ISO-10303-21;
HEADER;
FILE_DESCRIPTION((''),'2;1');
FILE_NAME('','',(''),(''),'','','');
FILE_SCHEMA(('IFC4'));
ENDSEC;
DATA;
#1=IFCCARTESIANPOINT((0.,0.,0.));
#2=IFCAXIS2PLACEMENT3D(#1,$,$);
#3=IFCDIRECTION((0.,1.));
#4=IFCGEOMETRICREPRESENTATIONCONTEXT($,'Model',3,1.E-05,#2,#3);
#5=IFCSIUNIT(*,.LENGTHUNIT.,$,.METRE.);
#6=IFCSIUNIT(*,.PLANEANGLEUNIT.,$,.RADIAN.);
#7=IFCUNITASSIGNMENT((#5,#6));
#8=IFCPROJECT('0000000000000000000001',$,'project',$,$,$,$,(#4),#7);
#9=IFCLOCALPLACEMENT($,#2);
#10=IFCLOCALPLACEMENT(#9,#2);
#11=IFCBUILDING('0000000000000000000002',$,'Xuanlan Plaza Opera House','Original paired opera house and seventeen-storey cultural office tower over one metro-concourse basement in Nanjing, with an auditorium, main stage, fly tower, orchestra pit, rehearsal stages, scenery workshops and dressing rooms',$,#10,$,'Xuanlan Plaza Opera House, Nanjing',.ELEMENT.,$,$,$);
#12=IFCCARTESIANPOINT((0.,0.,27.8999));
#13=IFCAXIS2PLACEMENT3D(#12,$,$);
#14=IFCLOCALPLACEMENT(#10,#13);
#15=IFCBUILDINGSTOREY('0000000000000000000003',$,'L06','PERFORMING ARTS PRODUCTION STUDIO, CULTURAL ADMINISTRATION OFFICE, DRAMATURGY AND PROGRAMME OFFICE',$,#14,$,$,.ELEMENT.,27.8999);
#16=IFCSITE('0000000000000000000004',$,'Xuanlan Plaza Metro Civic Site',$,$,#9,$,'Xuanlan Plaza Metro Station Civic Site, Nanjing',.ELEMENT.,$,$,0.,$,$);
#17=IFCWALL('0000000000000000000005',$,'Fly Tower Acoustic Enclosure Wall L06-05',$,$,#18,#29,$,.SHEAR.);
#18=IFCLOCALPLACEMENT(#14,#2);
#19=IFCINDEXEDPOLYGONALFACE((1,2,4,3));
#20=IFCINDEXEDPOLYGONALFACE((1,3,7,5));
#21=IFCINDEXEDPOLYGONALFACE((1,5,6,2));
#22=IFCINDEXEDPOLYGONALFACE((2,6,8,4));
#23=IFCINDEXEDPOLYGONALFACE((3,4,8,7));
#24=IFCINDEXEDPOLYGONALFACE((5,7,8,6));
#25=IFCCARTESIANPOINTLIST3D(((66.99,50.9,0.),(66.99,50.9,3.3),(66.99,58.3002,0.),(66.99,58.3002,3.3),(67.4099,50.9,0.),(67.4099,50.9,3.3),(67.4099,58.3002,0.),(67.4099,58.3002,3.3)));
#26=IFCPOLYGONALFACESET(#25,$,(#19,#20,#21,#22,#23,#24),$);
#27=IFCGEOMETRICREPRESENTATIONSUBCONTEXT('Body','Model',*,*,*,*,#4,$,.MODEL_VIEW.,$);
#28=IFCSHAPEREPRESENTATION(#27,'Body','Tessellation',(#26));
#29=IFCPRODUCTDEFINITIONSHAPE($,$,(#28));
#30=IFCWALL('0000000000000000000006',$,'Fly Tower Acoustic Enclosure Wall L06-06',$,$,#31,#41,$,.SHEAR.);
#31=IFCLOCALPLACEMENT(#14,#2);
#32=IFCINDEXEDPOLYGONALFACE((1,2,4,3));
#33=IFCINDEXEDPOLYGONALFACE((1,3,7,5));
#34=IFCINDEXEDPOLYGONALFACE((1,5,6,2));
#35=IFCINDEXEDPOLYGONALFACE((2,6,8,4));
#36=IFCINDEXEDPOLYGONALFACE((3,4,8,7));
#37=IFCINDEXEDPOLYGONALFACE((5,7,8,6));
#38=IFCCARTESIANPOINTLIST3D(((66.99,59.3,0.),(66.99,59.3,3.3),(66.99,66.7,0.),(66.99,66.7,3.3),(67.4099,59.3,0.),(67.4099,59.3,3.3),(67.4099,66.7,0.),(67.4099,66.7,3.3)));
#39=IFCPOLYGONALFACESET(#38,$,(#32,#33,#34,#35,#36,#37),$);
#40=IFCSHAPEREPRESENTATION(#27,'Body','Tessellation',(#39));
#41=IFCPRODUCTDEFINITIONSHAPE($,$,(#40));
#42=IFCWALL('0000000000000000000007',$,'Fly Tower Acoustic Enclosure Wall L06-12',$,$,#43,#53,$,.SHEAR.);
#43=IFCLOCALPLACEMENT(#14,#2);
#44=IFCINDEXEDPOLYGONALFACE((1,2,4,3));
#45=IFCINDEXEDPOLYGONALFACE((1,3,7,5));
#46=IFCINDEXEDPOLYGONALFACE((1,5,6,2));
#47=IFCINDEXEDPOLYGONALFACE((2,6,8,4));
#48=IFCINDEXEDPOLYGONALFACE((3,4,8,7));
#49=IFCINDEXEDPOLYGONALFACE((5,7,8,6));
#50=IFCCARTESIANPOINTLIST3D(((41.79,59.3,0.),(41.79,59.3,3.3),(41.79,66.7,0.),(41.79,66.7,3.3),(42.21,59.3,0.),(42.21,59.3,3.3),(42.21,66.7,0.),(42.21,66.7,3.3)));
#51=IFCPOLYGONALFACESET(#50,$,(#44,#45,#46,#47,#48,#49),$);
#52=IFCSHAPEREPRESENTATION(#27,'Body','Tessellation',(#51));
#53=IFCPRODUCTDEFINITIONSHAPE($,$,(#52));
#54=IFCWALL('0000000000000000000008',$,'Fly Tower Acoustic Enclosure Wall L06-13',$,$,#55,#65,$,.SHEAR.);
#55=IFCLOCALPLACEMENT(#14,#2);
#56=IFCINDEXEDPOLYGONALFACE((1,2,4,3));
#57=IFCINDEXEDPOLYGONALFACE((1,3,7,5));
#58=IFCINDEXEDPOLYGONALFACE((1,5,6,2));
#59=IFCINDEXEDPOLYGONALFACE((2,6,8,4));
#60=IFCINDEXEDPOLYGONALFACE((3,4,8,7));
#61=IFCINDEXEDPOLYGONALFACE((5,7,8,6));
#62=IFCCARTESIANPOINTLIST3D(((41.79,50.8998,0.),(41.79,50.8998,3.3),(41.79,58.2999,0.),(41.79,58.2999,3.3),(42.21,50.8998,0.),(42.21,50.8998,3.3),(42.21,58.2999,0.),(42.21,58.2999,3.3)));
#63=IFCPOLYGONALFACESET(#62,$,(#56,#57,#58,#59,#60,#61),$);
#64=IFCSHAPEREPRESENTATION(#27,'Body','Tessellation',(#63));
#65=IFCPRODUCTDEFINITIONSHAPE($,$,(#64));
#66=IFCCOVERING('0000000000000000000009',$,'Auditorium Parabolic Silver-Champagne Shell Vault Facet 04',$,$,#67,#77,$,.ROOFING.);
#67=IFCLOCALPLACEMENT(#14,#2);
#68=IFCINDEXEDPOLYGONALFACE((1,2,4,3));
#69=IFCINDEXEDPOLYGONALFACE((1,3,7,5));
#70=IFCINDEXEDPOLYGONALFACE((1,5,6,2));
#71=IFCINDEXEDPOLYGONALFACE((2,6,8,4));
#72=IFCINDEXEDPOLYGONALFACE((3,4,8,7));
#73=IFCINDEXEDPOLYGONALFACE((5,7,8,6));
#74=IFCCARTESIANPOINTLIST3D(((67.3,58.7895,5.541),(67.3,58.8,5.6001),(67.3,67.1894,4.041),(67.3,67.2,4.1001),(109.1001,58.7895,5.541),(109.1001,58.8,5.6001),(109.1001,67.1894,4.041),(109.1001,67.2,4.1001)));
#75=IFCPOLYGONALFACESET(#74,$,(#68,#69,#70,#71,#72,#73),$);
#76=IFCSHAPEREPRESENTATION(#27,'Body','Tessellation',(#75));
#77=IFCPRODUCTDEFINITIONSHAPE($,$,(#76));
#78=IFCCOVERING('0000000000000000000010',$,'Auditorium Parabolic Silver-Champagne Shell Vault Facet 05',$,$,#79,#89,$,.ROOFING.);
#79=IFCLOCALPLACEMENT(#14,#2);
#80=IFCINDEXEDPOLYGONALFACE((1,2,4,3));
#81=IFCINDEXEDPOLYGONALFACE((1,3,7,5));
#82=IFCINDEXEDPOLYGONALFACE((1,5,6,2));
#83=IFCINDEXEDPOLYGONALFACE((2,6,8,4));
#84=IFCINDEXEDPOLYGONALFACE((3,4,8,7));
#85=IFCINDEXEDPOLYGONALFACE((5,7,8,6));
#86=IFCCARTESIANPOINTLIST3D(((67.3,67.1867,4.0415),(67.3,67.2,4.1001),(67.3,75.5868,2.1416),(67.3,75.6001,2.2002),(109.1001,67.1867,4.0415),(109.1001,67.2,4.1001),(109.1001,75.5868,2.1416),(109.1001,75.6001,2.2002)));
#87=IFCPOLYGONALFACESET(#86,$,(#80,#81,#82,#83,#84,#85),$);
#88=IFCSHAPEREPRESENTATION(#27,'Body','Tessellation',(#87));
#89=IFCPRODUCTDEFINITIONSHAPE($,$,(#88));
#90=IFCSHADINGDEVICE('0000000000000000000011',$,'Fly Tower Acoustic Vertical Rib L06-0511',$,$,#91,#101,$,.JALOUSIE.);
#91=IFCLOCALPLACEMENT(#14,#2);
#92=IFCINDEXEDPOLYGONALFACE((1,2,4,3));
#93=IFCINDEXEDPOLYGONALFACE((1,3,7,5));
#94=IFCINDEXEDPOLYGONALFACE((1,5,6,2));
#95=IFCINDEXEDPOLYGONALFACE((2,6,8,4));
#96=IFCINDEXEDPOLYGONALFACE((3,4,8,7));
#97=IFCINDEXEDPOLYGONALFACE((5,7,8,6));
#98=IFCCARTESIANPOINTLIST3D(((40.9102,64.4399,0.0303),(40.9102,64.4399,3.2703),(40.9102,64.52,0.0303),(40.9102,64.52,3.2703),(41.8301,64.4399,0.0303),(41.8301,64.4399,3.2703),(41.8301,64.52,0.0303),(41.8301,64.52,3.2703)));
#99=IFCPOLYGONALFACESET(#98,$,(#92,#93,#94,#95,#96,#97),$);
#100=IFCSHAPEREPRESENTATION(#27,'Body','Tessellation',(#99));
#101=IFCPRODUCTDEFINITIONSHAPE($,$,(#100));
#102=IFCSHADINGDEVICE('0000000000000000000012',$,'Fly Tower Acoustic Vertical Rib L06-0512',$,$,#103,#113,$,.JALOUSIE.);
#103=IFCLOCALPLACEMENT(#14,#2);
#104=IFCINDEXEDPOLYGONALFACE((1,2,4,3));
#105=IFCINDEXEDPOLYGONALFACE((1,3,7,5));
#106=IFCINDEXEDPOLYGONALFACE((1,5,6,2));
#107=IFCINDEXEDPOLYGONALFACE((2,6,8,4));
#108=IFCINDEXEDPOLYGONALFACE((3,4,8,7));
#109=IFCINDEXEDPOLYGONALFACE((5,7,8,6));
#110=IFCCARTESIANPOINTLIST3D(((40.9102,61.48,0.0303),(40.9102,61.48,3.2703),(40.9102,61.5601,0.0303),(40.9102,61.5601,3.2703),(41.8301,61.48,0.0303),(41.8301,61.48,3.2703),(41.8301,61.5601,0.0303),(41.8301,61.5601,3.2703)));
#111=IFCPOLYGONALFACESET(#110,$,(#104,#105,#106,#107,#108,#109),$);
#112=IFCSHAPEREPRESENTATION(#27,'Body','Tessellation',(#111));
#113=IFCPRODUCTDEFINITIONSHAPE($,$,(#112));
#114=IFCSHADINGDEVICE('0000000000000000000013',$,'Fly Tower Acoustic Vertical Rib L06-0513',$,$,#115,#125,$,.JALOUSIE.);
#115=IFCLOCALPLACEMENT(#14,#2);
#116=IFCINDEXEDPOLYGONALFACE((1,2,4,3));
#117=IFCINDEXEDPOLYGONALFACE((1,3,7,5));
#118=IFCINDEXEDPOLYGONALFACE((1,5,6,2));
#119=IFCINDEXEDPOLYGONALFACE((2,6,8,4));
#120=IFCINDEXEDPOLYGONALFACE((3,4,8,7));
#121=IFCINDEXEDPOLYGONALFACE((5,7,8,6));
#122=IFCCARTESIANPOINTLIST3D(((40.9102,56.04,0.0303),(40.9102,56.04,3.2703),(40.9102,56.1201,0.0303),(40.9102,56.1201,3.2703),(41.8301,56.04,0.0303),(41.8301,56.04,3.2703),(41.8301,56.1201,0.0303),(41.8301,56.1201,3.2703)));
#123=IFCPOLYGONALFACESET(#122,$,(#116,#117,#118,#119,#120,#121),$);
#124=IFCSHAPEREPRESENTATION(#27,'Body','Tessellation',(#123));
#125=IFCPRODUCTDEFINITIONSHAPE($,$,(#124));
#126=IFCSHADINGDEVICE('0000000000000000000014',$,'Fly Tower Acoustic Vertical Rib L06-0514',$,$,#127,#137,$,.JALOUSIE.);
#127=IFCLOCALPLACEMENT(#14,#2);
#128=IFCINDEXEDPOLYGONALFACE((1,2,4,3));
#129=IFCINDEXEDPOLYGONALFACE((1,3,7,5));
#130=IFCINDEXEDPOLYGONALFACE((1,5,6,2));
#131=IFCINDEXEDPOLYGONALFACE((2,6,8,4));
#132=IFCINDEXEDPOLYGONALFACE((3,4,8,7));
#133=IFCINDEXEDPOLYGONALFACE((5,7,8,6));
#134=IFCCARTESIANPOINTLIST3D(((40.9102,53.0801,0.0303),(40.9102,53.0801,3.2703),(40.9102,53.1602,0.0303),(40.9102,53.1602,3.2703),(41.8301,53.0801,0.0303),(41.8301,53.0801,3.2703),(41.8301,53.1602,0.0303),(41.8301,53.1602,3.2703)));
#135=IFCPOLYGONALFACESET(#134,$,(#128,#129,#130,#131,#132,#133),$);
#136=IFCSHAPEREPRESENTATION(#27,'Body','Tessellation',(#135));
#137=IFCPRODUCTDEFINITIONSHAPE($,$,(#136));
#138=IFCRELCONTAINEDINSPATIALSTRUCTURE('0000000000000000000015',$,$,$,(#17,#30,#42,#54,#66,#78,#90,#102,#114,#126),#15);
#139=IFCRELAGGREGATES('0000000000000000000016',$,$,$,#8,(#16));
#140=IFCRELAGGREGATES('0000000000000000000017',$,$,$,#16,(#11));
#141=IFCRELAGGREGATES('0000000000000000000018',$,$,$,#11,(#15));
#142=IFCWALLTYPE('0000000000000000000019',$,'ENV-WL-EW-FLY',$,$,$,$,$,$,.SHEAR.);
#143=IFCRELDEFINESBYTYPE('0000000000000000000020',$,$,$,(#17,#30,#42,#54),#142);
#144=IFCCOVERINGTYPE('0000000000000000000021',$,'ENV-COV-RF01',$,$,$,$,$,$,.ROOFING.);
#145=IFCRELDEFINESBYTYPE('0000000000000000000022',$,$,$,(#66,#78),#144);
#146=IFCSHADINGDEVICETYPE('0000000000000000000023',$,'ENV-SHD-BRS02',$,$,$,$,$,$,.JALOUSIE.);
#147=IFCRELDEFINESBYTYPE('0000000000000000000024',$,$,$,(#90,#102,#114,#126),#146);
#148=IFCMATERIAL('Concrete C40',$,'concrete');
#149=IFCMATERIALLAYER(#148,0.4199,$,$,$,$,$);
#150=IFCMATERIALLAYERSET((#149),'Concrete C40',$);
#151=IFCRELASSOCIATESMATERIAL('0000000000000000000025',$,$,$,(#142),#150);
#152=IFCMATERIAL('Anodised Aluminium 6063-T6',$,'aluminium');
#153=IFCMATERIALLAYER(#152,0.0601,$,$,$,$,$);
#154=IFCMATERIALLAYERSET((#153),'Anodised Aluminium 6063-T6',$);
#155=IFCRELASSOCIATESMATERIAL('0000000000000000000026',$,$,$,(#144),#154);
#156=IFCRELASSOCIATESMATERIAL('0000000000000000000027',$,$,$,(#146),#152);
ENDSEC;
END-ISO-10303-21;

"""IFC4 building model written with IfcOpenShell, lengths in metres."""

from ifc_helpers import new_model, si_unit, direction, frame, frame_2d, origin, origin_2d, place, context, subcontext, project, spatial, polyline, rectangle, outline, extrude, material, layer, layer_set, type_object, element, save


model = new_model("IFC4")

# Units and contexts
model_context = context("Model", 3, precision=1e-05, world=origin(), true_north=direction((0.0, 1.0)))
body_context = subcontext(model_context, "Body", "Model", "MODEL_VIEW")
ifc_project = project(units=[si_unit("LENGTHUNIT", "METRE"), si_unit("PLANEANGLEUNIT", "RADIAN")], contexts=[model_context])

# Site, building, storey
site_placement = place(None, origin())
site = spatial("IfcSite", under=ifc_project, at=site_placement, Name="Xuanlan Plaza Metro Civic Site", LongName="Xuanlan Plaza Metro Station Civic Site, Nanjing", CompositionType="ELEMENT", RefElevation=0.0)
building_placement = place(site_placement, origin())
building = spatial("IfcBuilding", under=site, at=building_placement, Name="Xuanlan Plaza Opera House", Description="Original paired opera house and seventeen-storey cultural office tower over one metro-concourse basement in Nanjing, with an auditorium, main stage, fly tower, orchestra pit, rehearsal stages, scenery workshops and dressing rooms", LongName="Xuanlan Plaza Opera House, Nanjing", CompositionType="ELEMENT")
storey_placement = place(building_placement, frame((0.0, 0.0, 27.8999)))
storey = spatial("IfcBuildingStorey", under=building, at=storey_placement, Name="L06", Description="PERFORMING ARTS PRODUCTION STUDIO, CULTURAL ADMINISTRATION OFFICE, DRAMATURGY AND PROGRAMME OFFICE", CompositionType="ELEMENT", Elevation=27.8999)

# Shared definitions
ifc_material_1 = material(Name="Concrete C40", Category="concrete")

# Walls
ifc_layer_1 = layer(ifc_material_1, 0.4199)
ifc_layer_set_1 = layer_set([ifc_layer_1], Name="Concrete C40")
wall_type = type_object("IfcWallType", Name="ENV-WL-EW-FLY", PredefinedType="SHEAR", material=ifc_layer_set_1)
wall_1_placement = place(storey_placement, frame((67.2, 50.8999, 0.0), z_axis=(0.0, 0.0, 1.0), x_axis=(0.0, 1.0, 0.0)))
element("IfcWall", 1, at=wall_1_placement, inside=storey, type_object=wall_type, Name="Fly Tower Acoustic Enclosure Wall L06-05", PredefinedType="SHEAR", context=body_context, shape_type="SweptSolid", body=[
    extrude(rectangle(XDim=7.4001, YDim=0.4199, at=frame_2d((3.7002, 0.0))), origin(), (0.0, 0.0, 1.0), 3.3),
])
for number, where, z_axis, x_axis, name in (
    (2, (67.2, 59.3, 0.0), (0.0, 0.0, 1.0), (0.0, 1.0, 0.0), "Fly Tower Acoustic Enclosure Wall L06-06"),
    (3, (42.0, 66.7, 0.0), (0.0, 0.0, 1.0), (0.0, -1.0, 0.0), "Fly Tower Acoustic Enclosure Wall L06-12"),
):
    element("IfcWall", number, at=place(storey_placement, frame(where, z_axis=z_axis, x_axis=x_axis)), inside=storey, type_object=wall_type, Name=name, PredefinedType="SHEAR", context=body_context, shape_type="SweptSolid", body=[
        extrude(rectangle(XDim=7.3999, YDim=0.4199, at=frame_2d((3.7, 0.0))), origin(), (0.0, 0.0, 1.0), 3.3),
    ])
wall_2_placement = place(storey_placement, frame((42.0, 58.3, 0.0), z_axis=(0.0, 0.0, 1.0), x_axis=(0.0, -1.0, 0.0)))
element("IfcWall", 4, at=wall_2_placement, inside=storey, type_object=wall_type, Name="Fly Tower Acoustic Enclosure Wall L06-13", PredefinedType="SHEAR", context=body_context, shape_type="SweptSolid", body=[
    extrude(rectangle(XDim=7.4001, YDim=0.4199, at=frame_2d((3.7002, 0.0))), origin(), (0.0, 0.0, 1.0), 3.3),
])

# Coverings
ifc_material_2 = material(Name="Anodised Aluminium 6063-T6", Category="aluminium")
ifc_layer_2 = layer(ifc_material_2, 0.0601)
ifc_layer_set_2 = layer_set([ifc_layer_2], Name="Anodised Aluminium 6063-T6")
covering_type = type_object("IfcCoveringType", Name="ENV-COV-RF01", PredefinedType="ROOFING", material=ifc_layer_set_2)
covering_1_placement = place(storey_placement, frame((67.3, 58.8, 5.6001), z_axis=(0.0, 0.175793, 0.984427), x_axis=(1.0, 0.0, 0.0)))
element("IfcCovering", 5, at=covering_1_placement, inside=storey, type_object=covering_type, Name="Auditorium Parabolic Silver-Champagne Shell Vault Facet 04", PredefinedType="ROOFING", context=body_context, shape_type="SweptSolid", body=[
    extrude(outline(polyline([(0.0, 0.0), (41.8, 0.0), (41.8, 8.5328), (0.0, 8.5328), (0.0, 0.0)])), origin(), (0.0, 0.0, -1.0), 0.0601),
])
covering_2_placement = place(storey_placement, frame((67.3, 67.2, 4.1001), z_axis=(0.0, 0.220603, 0.975364), x_axis=(1.0, 0.0, 0.0)))
element("IfcCovering", 6, at=covering_2_placement, inside=storey, type_object=covering_type, Name="Auditorium Parabolic Silver-Champagne Shell Vault Facet 05", PredefinedType="ROOFING", context=body_context, shape_type="SweptSolid", body=[
    extrude(outline(polyline([(0.0, 0.0), (41.8, 0.0), (41.8, 8.6123), (0.0, 8.6123), (0.0, 0.0)])), origin(), (0.0, 0.0, -1.0), 0.0601),
])

# Shading devices
shading_device_type = type_object("IfcShadingDeviceType", Name="ENV-SHD-BRS02", PredefinedType="JALOUSIE", material=ifc_material_2)
for number, where, z_axis, x_axis, name in (
    (7, (41.3701, 64.48, 0.0303), (0.0, 0.0, 1.0), (-1.0, 0.0, 0.0), "Fly Tower Acoustic Vertical Rib L06-0511"),
    (8, (41.3701, 61.52, 0.0303), (0.0, 0.0, 1.0), (-1.0, 0.0, 0.0), "Fly Tower Acoustic Vertical Rib L06-0512"),
    (9, (41.3701, 56.0801, 0.0303), (0.0, 0.0, 1.0), (-1.0, 0.0, 0.0), "Fly Tower Acoustic Vertical Rib L06-0513"),
    (10, (41.3701, 53.1201, 0.0303), (0.0, 0.0, 1.0), (-1.0, 0.0, 0.0), "Fly Tower Acoustic Vertical Rib L06-0514"),
):
    element("IfcShadingDevice", number, at=place(storey_placement, frame(where, z_axis=z_axis, x_axis=x_axis)), inside=storey, type_object=shading_device_type, Name=name, PredefinedType="JALOUSIE", context=body_context, shape_type="SweptSolid", body=[
        extrude(rectangle(XDim=0.9199, YDim=0.0801, at=origin_2d()), origin(), (0.0, 0.0, 1.0), 3.24),
    ])

save(model, "model.ifc")
